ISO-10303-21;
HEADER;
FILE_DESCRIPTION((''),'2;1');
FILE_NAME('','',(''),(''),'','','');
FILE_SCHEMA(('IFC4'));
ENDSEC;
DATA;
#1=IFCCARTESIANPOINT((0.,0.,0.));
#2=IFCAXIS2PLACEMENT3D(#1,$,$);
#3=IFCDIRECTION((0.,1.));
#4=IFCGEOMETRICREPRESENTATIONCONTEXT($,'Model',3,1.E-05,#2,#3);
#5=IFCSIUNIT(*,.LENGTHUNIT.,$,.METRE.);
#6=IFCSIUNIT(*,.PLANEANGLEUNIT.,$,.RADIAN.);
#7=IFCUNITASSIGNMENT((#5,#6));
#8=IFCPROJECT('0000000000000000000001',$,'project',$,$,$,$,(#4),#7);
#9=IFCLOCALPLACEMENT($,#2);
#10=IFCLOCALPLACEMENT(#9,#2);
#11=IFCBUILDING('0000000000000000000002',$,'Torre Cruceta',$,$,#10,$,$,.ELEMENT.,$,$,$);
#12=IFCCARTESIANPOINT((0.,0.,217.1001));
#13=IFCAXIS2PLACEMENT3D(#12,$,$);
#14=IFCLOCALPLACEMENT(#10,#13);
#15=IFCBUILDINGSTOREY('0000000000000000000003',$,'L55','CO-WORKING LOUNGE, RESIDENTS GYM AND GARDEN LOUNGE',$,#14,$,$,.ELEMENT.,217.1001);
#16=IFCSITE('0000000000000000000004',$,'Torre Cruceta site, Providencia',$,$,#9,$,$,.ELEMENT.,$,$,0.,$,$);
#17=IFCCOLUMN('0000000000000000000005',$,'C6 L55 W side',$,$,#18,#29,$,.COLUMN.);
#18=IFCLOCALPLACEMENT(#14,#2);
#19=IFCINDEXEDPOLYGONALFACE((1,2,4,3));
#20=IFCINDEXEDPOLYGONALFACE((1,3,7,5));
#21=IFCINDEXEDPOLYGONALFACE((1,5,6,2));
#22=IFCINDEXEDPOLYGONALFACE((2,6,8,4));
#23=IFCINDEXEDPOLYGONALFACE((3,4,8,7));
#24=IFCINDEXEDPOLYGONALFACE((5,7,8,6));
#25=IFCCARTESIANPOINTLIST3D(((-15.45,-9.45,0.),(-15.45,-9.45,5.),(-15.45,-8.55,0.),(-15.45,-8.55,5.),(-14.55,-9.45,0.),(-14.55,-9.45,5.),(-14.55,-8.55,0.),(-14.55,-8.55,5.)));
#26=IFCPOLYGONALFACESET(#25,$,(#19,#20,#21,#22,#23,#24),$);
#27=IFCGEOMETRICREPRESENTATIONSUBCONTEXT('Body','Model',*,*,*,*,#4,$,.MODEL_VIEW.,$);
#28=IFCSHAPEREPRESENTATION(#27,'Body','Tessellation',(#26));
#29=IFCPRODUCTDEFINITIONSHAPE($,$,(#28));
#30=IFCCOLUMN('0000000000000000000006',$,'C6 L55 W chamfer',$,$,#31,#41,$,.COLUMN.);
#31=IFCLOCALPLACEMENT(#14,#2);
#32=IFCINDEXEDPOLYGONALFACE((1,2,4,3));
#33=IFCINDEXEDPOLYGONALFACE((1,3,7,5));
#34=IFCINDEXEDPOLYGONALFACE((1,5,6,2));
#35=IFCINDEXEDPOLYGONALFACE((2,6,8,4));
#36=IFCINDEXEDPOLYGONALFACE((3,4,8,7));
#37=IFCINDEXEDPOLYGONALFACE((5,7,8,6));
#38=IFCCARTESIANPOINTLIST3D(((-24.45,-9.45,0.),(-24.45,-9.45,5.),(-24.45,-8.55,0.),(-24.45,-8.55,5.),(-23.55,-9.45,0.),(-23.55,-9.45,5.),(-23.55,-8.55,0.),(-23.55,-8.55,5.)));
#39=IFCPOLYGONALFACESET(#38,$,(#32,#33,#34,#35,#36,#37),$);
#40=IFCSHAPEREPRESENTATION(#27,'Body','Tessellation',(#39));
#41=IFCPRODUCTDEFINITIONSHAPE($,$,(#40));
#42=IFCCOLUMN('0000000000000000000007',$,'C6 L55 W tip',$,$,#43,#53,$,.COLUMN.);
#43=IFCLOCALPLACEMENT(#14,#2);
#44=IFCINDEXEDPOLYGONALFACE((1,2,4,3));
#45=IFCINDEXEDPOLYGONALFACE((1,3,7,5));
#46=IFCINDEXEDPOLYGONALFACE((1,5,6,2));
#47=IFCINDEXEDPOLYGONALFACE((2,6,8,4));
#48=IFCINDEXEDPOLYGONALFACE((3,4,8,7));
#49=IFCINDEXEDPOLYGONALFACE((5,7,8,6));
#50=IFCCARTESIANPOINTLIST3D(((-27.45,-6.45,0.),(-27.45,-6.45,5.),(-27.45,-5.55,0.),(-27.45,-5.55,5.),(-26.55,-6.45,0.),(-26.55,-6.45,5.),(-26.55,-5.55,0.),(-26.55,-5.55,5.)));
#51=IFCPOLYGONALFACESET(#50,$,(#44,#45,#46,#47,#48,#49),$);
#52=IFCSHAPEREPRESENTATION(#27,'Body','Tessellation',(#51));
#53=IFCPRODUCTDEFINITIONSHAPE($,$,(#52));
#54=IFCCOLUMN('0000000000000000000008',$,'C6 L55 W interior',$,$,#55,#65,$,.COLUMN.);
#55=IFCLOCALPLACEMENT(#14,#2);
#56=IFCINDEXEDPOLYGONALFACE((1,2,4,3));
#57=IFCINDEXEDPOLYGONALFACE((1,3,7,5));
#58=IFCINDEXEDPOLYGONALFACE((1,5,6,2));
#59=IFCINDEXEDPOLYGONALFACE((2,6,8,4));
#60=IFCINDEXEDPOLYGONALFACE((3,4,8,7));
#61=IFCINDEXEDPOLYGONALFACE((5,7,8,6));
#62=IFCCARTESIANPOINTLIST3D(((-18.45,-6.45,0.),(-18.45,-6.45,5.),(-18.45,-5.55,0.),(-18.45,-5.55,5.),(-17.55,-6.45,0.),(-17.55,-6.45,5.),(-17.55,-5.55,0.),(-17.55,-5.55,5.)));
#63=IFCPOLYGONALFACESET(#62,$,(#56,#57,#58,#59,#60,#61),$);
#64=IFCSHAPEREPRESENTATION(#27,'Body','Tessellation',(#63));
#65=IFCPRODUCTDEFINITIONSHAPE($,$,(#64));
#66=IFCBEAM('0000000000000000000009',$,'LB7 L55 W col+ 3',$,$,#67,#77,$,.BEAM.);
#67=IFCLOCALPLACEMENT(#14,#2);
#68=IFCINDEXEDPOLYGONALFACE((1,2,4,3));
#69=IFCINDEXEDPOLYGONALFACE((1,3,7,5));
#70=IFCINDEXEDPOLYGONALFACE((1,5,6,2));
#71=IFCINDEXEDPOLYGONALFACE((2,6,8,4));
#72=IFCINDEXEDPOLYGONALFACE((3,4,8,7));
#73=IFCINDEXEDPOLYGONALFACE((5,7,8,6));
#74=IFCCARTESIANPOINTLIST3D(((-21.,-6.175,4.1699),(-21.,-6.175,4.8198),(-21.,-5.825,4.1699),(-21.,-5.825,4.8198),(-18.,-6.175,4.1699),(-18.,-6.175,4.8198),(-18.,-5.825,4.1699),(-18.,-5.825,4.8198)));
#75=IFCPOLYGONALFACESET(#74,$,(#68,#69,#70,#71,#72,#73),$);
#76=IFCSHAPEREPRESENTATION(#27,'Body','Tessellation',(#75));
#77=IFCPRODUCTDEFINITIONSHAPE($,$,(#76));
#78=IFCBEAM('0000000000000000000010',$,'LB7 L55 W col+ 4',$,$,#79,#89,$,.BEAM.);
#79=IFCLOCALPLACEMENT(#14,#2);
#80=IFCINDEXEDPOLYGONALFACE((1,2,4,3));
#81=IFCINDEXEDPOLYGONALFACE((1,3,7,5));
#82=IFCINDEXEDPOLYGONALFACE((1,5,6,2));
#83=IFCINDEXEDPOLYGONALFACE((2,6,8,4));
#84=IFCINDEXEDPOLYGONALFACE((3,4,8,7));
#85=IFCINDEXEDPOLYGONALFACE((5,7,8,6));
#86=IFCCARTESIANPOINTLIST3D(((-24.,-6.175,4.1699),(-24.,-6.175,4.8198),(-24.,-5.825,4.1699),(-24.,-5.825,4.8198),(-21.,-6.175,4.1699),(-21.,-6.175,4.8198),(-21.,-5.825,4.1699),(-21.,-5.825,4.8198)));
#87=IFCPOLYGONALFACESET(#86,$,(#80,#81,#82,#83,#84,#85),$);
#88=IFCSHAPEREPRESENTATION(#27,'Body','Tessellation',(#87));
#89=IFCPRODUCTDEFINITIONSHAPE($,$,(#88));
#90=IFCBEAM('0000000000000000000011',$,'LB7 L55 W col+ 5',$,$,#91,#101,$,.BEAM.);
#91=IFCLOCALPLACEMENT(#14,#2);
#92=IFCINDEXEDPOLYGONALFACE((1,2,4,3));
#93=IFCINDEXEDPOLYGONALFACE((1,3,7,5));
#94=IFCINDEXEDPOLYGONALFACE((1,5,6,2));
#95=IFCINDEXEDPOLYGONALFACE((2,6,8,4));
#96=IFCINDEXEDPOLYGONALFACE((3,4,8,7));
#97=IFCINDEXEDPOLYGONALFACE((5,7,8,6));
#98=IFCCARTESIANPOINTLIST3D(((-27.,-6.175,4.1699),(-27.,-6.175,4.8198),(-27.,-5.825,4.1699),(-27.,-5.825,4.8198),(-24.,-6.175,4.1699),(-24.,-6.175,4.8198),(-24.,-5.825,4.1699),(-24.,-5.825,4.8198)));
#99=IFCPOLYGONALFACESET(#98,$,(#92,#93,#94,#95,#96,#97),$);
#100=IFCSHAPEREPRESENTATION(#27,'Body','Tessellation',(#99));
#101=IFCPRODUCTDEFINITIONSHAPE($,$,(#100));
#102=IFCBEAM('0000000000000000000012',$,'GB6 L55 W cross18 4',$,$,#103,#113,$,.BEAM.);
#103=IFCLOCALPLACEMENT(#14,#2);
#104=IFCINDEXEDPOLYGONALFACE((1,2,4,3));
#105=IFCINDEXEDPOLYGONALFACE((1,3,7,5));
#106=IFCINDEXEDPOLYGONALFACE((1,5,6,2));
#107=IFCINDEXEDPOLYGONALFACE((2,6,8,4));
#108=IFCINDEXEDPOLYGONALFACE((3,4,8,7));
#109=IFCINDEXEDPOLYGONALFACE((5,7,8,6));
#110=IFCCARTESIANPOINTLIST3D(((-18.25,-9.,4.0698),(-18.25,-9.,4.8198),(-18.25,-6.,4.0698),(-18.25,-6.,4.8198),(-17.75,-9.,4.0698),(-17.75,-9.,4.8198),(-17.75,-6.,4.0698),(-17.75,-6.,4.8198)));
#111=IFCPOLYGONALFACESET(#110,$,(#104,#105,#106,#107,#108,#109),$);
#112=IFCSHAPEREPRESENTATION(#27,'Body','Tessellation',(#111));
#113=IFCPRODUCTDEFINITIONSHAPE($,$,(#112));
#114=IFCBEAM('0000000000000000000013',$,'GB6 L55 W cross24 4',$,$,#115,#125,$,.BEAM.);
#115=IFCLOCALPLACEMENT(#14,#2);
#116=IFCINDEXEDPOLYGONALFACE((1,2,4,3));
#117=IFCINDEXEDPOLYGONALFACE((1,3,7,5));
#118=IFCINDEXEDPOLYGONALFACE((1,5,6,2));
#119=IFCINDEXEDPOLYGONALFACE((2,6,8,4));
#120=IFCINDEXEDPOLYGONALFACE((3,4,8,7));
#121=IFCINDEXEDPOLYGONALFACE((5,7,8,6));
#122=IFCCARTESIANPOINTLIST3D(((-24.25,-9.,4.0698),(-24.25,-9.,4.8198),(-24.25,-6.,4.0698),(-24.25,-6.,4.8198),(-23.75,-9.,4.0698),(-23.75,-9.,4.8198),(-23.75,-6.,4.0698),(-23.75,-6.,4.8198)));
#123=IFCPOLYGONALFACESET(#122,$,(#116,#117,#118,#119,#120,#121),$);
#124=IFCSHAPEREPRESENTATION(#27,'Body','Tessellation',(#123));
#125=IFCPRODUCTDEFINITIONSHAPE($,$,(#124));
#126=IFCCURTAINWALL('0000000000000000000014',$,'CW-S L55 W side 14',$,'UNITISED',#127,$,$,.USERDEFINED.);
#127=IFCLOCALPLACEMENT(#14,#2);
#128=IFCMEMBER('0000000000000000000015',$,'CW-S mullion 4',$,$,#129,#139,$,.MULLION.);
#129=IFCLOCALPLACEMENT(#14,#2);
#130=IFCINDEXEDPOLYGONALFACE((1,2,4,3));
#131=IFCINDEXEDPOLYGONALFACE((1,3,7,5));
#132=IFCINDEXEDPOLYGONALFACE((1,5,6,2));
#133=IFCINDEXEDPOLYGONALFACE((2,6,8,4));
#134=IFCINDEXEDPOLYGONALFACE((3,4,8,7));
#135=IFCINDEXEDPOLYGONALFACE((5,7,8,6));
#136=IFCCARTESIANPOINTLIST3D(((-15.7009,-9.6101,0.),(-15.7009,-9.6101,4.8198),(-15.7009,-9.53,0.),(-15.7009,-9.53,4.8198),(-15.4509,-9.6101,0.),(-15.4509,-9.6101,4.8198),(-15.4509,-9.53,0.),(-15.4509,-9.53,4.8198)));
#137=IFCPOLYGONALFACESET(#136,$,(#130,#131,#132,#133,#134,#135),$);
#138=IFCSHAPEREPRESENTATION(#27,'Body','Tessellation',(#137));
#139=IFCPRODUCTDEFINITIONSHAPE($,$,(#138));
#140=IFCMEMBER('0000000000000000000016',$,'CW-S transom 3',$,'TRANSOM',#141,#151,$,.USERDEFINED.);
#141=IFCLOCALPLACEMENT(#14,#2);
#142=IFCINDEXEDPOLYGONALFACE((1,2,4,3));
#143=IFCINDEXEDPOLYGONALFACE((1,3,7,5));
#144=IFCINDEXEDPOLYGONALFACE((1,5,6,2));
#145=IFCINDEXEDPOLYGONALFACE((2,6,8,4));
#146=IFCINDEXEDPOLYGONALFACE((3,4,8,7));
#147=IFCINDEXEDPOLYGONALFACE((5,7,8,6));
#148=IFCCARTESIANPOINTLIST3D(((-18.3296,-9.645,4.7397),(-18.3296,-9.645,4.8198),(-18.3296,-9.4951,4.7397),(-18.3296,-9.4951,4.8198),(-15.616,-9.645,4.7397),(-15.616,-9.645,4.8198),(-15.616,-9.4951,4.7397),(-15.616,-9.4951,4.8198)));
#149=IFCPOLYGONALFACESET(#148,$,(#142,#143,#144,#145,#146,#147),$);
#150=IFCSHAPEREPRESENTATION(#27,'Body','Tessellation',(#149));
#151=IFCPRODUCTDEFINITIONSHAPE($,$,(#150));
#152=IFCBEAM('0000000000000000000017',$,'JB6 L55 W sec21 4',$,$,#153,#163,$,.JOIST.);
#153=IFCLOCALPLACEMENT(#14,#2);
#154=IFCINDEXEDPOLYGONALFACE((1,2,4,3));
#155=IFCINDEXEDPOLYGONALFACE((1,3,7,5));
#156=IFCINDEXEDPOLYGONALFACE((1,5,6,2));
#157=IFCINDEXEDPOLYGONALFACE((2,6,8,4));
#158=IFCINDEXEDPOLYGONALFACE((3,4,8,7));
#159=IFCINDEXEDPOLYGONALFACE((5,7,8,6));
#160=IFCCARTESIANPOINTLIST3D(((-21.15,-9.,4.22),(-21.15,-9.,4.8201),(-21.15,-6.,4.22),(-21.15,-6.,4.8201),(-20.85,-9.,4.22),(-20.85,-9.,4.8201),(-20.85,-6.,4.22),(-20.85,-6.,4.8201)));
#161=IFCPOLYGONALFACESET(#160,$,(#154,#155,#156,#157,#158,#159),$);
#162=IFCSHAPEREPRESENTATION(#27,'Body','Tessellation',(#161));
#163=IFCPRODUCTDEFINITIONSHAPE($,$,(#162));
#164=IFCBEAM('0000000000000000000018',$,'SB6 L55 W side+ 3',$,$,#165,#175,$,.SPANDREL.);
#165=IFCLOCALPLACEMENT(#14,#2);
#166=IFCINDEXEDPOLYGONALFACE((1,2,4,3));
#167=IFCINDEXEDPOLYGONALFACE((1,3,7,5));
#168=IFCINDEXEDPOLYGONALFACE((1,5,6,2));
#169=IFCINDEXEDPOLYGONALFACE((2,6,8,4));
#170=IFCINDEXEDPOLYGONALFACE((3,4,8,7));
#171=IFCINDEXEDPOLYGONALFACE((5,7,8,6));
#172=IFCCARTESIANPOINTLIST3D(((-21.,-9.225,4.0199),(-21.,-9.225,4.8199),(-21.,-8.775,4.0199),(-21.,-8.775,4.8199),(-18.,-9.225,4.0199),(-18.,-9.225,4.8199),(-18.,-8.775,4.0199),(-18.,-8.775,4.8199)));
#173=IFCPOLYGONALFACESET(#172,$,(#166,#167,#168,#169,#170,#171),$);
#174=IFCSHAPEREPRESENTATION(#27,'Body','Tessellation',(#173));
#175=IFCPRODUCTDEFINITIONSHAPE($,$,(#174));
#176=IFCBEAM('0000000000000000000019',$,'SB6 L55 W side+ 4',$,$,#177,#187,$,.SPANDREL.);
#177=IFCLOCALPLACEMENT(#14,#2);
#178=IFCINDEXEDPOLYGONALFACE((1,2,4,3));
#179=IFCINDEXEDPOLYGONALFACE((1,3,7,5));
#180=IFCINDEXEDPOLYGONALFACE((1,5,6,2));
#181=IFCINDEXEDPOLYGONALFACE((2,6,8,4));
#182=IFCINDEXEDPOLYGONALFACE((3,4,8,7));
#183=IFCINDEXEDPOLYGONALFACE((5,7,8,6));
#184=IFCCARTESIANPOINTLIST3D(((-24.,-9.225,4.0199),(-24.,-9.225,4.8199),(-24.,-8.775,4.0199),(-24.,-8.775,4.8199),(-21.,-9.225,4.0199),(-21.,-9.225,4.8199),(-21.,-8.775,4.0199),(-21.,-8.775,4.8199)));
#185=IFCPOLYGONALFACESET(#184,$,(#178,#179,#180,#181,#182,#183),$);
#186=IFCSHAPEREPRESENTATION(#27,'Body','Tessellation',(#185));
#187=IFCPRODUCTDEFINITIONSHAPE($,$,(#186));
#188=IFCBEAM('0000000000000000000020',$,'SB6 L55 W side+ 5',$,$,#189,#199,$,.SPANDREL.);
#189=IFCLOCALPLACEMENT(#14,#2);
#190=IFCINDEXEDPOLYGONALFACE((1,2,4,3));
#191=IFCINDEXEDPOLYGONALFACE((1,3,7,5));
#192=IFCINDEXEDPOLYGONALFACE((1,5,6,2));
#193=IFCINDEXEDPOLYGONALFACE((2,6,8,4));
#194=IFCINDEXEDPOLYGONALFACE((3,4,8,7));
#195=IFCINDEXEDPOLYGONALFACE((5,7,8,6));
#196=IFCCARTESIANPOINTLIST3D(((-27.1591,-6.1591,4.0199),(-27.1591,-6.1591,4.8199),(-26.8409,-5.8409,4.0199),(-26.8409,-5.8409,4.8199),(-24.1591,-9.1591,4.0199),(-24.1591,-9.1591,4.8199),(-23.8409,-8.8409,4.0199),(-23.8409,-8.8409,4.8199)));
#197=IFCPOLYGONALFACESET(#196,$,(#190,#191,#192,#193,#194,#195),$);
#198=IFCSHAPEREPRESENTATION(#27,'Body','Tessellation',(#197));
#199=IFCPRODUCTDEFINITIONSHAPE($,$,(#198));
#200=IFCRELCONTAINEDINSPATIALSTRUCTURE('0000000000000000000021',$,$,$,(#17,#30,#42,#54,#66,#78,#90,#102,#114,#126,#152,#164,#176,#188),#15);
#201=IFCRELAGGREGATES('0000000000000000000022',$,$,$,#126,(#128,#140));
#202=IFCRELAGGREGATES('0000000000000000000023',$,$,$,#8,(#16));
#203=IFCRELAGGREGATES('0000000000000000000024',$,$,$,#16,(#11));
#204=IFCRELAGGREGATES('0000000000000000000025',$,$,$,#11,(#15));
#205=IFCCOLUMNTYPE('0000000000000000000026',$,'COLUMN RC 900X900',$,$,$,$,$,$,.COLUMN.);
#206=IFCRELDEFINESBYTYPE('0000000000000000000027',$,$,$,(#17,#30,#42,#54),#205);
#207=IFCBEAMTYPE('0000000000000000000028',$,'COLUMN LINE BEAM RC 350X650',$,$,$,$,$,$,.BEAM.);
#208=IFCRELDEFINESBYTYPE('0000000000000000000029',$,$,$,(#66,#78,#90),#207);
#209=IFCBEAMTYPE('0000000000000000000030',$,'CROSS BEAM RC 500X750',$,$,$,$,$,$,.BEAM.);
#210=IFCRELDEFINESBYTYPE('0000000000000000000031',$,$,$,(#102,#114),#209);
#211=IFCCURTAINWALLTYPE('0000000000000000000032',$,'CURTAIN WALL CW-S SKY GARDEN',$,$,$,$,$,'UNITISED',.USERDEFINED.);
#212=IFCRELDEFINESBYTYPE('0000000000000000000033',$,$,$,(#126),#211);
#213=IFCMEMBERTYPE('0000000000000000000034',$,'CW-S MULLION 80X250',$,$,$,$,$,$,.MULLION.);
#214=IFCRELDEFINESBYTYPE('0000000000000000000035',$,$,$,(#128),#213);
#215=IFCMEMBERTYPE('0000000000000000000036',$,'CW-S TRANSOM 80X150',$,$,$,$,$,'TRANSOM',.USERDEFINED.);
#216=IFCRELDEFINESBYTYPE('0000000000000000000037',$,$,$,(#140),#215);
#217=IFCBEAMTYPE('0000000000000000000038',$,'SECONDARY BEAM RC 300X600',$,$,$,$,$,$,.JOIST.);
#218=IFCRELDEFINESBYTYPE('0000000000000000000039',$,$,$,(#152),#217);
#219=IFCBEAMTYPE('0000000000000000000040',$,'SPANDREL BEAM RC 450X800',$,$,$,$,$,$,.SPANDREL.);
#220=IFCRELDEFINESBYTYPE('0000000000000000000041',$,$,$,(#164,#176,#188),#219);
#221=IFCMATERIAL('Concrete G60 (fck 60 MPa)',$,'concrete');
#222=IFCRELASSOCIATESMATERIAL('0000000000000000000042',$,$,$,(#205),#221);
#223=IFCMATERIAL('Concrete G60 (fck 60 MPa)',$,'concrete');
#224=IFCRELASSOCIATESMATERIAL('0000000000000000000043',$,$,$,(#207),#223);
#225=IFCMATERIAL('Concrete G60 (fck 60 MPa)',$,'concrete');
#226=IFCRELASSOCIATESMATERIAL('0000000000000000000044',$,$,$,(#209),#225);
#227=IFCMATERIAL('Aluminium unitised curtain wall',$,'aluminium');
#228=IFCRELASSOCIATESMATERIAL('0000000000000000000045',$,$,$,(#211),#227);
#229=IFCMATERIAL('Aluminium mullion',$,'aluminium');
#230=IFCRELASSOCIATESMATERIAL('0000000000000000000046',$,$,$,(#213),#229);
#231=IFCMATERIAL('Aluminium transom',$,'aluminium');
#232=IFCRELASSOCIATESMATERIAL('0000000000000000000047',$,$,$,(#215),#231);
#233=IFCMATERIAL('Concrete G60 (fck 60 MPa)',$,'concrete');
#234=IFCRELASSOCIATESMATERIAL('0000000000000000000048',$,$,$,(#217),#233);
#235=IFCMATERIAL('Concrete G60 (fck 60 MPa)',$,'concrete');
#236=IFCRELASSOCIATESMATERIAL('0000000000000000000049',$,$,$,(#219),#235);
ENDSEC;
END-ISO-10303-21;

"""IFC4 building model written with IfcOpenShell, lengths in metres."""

from ifc_helpers import new_model, si_unit, direction, frame, origin, origin_2d, place, context, subcontext, project, spatial, rectangle, extrude, material, material_profile, profile_set, type_object, element, aggregate, save


model = new_model("IFC4")

# Units and contexts
model_context = context("Model", 3, precision=1e-05, world=origin(), true_north=direction((0.0, 1.0)))
body_context = subcontext(model_context, "Body", "Model", "MODEL_VIEW")
ifc_project = project(units=[si_unit("LENGTHUNIT", "METRE"), si_unit("PLANEANGLEUNIT", "RADIAN")], contexts=[model_context])

# Site, building, storey
site_placement = place(None, origin())
site = spatial("IfcSite", under=ifc_project, at=site_placement, Name="Torre Cruceta site, Providencia", CompositionType="ELEMENT", RefElevation=0.0)
building_placement = place(site_placement, origin())
building = spatial("IfcBuilding", under=site, at=building_placement, Name="Torre Cruceta", CompositionType="ELEMENT")
storey_placement = place(building_placement, frame((0.0, 0.0, 217.1001)))
storey = spatial("IfcBuildingStorey", under=building, at=storey_placement, Name="L55", Description="CO-WORKING LOUNGE, RESIDENTS GYM AND GARDEN LOUNGE", CompositionType="ELEMENT", Elevation=217.1001)

# Columns
ifc_material_1 = material(Name="Concrete G60 (fck 60 MPa)", Category="concrete")
ifc_material_profile_1 = material_profile(ifc_material_1, rectangle(XDim=0.8999, YDim=0.8999, at=origin_2d()), Name="RC 900X900")
ifc_profile_set_1 = profile_set([ifc_material_profile_1], Name="Concrete G60 (fck 60 MPa)")
column_type = type_object("IfcColumnType", Name="COLUMN RC 900X900", PredefinedType="COLUMN", material=ifc_profile_set_1)
for number, where, z_axis, x_axis, name in (
    (1, (-15.0, -9.0, 0.0), (0.0, 0.0, 1.0), (1.0, 0.0, 0.0), "C6 L55 W side"),
    (2, (-24.0, -9.0, 0.0), (0.0, 0.0, 1.0), (1.0, 0.0, 0.0), "C6 L55 W chamfer"),
    (3, (-27.0, -6.0, 0.0), (0.0, 0.0, 1.0), (1.0, 0.0, 0.0), "C6 L55 W tip"),
    (4, (-18.0, -6.0, 0.0), (0.0, 0.0, 1.0), (1.0, 0.0, 0.0), "C6 L55 W interior"),
):
    element("IfcColumn", number, at=place(storey_placement, frame(where, z_axis=z_axis, x_axis=x_axis)), inside=storey, type_object=column_type, Name=name, PredefinedType="COLUMN", context=body_context, shape_type="SweptSolid", body=[
        extrude(rectangle(XDim=0.8999, YDim=0.8999, at=origin_2d()), origin(), (0.0, 0.0, 1.0), 5.0),
    ])

# Beams
ifc_material_2 = material(Name="Concrete G60 (fck 60 MPa)", Category="concrete")
ifc_material_profile_2 = material_profile(ifc_material_2, rectangle(XDim=0.3501, YDim=0.6499, at=origin_2d()), Name="RC 350X650")
ifc_profile_set_2 = profile_set([ifc_material_profile_2], Name="Concrete G60 (fck 60 MPa)")
beam_type_1 = type_object("IfcBeamType", Name="COLUMN LINE BEAM RC 350X650", PredefinedType="BEAM", material=ifc_profile_set_2)
for number, where, z_axis, x_axis, name in (
    (5, (-18.0, -6.0, 4.4949), (-1.0, 0.0, 0.0), (0.0, -1.0, 0.0), "LB7 L55 W col+ 3"),
    (6, (-21.0, -6.0, 4.4949), (-1.0, 0.0, 0.0), (0.0, -1.0, 0.0), "LB7 L55 W col+ 4"),
    (7, (-24.0, -6.0, 4.4949), (-1.0, 0.0, 0.0), (0.0, -1.0, 0.0), "LB7 L55 W col+ 5"),
):
    element("IfcBeam", number, at=place(storey_placement, frame(where, z_axis=z_axis, x_axis=x_axis)), inside=storey, type_object=beam_type_1, Name=name, PredefinedType="BEAM", context=body_context, shape_type="SweptSolid", body=[
        extrude(rectangle(XDim=0.3501, YDim=0.6499, at=origin_2d()), origin(), (0.0, 0.0, 1.0), 3.0),
    ])
ifc_material_3 = material(Name="Concrete G60 (fck 60 MPa)", Category="concrete")
ifc_material_profile_3 = material_profile(ifc_material_3, rectangle(XDim=0.5, YDim=0.75, at=origin_2d()), Name="RC 500X750")
ifc_profile_set_3 = profile_set([ifc_material_profile_3], Name="Concrete G60 (fck 60 MPa)")
beam_type_2 = type_object("IfcBeamType", Name="CROSS BEAM RC 500X750", PredefinedType="BEAM", material=ifc_profile_set_3)
for number, where, z_axis, x_axis, name in (
    (8, (-18.0, -6.0, 4.4448), (0.0, -1.0, 0.0), (1.0, 0.0, 0.0), "GB6 L55 W cross18 4"),
    (9, (-24.0, -6.0, 4.4448), (0.0, -1.0, 0.0), (1.0, 0.0, 0.0), "GB6 L55 W cross24 4"),
):
    element("IfcBeam", number, at=place(storey_placement, frame(where, z_axis=z_axis, x_axis=x_axis)), inside=storey, type_object=beam_type_2, Name=name, PredefinedType="BEAM", context=body_context, shape_type="SweptSolid", body=[
        extrude(rectangle(XDim=0.5, YDim=0.75, at=origin_2d()), origin(), (0.0, 0.0, 1.0), 3.0),
    ])

# Curtain wall, members
ifc_material_4 = material(Name="Aluminium unitised curtain wall", Category="aluminium")
curtain_wall_type = type_object("IfcCurtainWallType", Name="CURTAIN WALL CW-S SKY GARDEN", ElementType="UNITISED", PredefinedType="USERDEFINED", material=ifc_material_4)
curtain_wall_placement = place(storey_placement, origin())
curtain_wall = element("IfcCurtainWall", 10, at=curtain_wall_placement, inside=storey, type_object=curtain_wall_type, Name="CW-S L55 W side 14", ObjectType="UNITISED", PredefinedType="USERDEFINED")
ifc_material_5 = material(Name="Aluminium mullion", Category="aluminium")
ifc_material_profile_4 = material_profile(ifc_material_5, rectangle(XDim=0.0801, YDim=0.25, at=origin_2d()), Name="AL 80X250")
ifc_profile_set_4 = profile_set([ifc_material_profile_4], Name="Aluminium mullion")
member_type_1 = type_object("IfcMemberType", Name="CW-S MULLION 80X250", PredefinedType="MULLION", material=ifc_profile_set_4)
member_1_placement = place(storey_placement, frame((-15.5759, -9.5701, 0.0), z_axis=(0.0, 0.0, 1.0), x_axis=(0.0, 1.0, 0.0)))
member_1 = element("IfcMember", 11, at=member_1_placement, type_object=member_type_1, Name="CW-S mullion 4", PredefinedType="MULLION", context=body_context, shape_type="SweptSolid", body=[
    extrude(rectangle(XDim=0.0801, YDim=0.25, at=origin_2d()), origin(), (0.0, 0.0, 1.0), 4.8198),
])
ifc_material_6 = material(Name="Aluminium transom", Category="aluminium")
ifc_material_profile_5 = material_profile(ifc_material_6, rectangle(XDim=0.1499, YDim=0.0801, at=origin_2d()), Name="AL 150X80")
ifc_profile_set_5 = profile_set([ifc_material_profile_5], Name="Aluminium transom")
member_type_2 = type_object("IfcMemberType", Name="CW-S TRANSOM 80X150", ElementType="TRANSOM", PredefinedType="USERDEFINED", material=ifc_profile_set_5)
member_2_placement = place(storey_placement, frame((-18.3296, -9.5701, 4.7798), z_axis=(1.0, 0.0, 0.0), x_axis=(0.0, 1.0, 0.0)))
member_2 = element("IfcMember", 12, at=member_2_placement, type_object=member_type_2, Name="CW-S transom 3", ObjectType="TRANSOM", PredefinedType="USERDEFINED", context=body_context, shape_type="SweptSolid", body=[
    extrude(rectangle(XDim=0.1499, YDim=0.0801, at=origin_2d()), origin(), (0.0, 0.0, 1.0), 2.7136),
])

# Beams
ifc_material_7 = material(Name="Concrete G60 (fck 60 MPa)", Category="concrete")
ifc_material_profile_6 = material_profile(ifc_material_7, rectangle(XDim=0.3, YDim=0.6001, at=origin_2d()), Name="RC 300X600")
ifc_profile_set_6 = profile_set([ifc_material_profile_6], Name="Concrete G60 (fck 60 MPa)")
beam_type_3 = type_object("IfcBeamType", Name="SECONDARY BEAM RC 300X600", PredefinedType="JOIST", material=ifc_profile_set_6)
beam_1_placement = place(storey_placement, frame((-21.0, -6.0, 4.52), z_axis=(0.0, -1.0, 0.0), x_axis=(1.0, 0.0, 0.0)))
element("IfcBeam", 13, at=beam_1_placement, inside=storey, type_object=beam_type_3, Name="JB6 L55 W sec21 4", PredefinedType="JOIST", context=body_context, shape_type="SweptSolid", body=[
    extrude(rectangle(XDim=0.3, YDim=0.6001, at=origin_2d()), origin(), (0.0, 0.0, 1.0), 3.0),
])
ifc_material_8 = material(Name="Concrete G60 (fck 60 MPa)", Category="concrete")
ifc_material_profile_7 = material_profile(ifc_material_8, rectangle(XDim=0.45, YDim=0.8, at=origin_2d()), Name="RC 450X800")
ifc_profile_set_7 = profile_set([ifc_material_profile_7], Name="Concrete G60 (fck 60 MPa)")
beam_type_4 = type_object("IfcBeamType", Name="SPANDREL BEAM RC 450X800", PredefinedType="SPANDREL", material=ifc_profile_set_7)
for number, where, z_axis, x_axis, name in (
    (14, (-18.0, -9.0, 4.4199), (-1.0, 0.0, 0.0), (0.0, -1.0, 0.0), "SB6 L55 W side+ 3"),
    (15, (-21.0, -9.0, 4.4199), (-1.0, 0.0, 0.0), (0.0, -1.0, 0.0), "SB6 L55 W side+ 4"),
):
    element("IfcBeam", number, at=place(storey_placement, frame(where, z_axis=z_axis, x_axis=x_axis)), inside=storey, type_object=beam_type_4, Name=name, PredefinedType="SPANDREL", context=body_context, shape_type="SweptSolid", body=[
        extrude(rectangle(XDim=0.45, YDim=0.8, at=origin_2d()), origin(), (0.0, 0.0, 1.0), 3.0),
    ])
beam_2_placement = place(storey_placement, frame((-24.0, -9.0, 4.4199), z_axis=(-0.707107, 0.707107, 0.0), x_axis=(-0.707107, -0.707107, 0.0)))
element("IfcBeam", 16, at=beam_2_placement, inside=storey, type_object=beam_type_4, Name="SB6 L55 W side+ 5", PredefinedType="SPANDREL", context=body_context, shape_type="SweptSolid", body=[
    extrude(rectangle(XDim=0.45, YDim=0.8, at=origin_2d()), origin(), (0.0, 0.0, 1.0), 4.2427),
])

aggregate(curtain_wall, [member_1, member_2])

save(model, "model.ifc")
